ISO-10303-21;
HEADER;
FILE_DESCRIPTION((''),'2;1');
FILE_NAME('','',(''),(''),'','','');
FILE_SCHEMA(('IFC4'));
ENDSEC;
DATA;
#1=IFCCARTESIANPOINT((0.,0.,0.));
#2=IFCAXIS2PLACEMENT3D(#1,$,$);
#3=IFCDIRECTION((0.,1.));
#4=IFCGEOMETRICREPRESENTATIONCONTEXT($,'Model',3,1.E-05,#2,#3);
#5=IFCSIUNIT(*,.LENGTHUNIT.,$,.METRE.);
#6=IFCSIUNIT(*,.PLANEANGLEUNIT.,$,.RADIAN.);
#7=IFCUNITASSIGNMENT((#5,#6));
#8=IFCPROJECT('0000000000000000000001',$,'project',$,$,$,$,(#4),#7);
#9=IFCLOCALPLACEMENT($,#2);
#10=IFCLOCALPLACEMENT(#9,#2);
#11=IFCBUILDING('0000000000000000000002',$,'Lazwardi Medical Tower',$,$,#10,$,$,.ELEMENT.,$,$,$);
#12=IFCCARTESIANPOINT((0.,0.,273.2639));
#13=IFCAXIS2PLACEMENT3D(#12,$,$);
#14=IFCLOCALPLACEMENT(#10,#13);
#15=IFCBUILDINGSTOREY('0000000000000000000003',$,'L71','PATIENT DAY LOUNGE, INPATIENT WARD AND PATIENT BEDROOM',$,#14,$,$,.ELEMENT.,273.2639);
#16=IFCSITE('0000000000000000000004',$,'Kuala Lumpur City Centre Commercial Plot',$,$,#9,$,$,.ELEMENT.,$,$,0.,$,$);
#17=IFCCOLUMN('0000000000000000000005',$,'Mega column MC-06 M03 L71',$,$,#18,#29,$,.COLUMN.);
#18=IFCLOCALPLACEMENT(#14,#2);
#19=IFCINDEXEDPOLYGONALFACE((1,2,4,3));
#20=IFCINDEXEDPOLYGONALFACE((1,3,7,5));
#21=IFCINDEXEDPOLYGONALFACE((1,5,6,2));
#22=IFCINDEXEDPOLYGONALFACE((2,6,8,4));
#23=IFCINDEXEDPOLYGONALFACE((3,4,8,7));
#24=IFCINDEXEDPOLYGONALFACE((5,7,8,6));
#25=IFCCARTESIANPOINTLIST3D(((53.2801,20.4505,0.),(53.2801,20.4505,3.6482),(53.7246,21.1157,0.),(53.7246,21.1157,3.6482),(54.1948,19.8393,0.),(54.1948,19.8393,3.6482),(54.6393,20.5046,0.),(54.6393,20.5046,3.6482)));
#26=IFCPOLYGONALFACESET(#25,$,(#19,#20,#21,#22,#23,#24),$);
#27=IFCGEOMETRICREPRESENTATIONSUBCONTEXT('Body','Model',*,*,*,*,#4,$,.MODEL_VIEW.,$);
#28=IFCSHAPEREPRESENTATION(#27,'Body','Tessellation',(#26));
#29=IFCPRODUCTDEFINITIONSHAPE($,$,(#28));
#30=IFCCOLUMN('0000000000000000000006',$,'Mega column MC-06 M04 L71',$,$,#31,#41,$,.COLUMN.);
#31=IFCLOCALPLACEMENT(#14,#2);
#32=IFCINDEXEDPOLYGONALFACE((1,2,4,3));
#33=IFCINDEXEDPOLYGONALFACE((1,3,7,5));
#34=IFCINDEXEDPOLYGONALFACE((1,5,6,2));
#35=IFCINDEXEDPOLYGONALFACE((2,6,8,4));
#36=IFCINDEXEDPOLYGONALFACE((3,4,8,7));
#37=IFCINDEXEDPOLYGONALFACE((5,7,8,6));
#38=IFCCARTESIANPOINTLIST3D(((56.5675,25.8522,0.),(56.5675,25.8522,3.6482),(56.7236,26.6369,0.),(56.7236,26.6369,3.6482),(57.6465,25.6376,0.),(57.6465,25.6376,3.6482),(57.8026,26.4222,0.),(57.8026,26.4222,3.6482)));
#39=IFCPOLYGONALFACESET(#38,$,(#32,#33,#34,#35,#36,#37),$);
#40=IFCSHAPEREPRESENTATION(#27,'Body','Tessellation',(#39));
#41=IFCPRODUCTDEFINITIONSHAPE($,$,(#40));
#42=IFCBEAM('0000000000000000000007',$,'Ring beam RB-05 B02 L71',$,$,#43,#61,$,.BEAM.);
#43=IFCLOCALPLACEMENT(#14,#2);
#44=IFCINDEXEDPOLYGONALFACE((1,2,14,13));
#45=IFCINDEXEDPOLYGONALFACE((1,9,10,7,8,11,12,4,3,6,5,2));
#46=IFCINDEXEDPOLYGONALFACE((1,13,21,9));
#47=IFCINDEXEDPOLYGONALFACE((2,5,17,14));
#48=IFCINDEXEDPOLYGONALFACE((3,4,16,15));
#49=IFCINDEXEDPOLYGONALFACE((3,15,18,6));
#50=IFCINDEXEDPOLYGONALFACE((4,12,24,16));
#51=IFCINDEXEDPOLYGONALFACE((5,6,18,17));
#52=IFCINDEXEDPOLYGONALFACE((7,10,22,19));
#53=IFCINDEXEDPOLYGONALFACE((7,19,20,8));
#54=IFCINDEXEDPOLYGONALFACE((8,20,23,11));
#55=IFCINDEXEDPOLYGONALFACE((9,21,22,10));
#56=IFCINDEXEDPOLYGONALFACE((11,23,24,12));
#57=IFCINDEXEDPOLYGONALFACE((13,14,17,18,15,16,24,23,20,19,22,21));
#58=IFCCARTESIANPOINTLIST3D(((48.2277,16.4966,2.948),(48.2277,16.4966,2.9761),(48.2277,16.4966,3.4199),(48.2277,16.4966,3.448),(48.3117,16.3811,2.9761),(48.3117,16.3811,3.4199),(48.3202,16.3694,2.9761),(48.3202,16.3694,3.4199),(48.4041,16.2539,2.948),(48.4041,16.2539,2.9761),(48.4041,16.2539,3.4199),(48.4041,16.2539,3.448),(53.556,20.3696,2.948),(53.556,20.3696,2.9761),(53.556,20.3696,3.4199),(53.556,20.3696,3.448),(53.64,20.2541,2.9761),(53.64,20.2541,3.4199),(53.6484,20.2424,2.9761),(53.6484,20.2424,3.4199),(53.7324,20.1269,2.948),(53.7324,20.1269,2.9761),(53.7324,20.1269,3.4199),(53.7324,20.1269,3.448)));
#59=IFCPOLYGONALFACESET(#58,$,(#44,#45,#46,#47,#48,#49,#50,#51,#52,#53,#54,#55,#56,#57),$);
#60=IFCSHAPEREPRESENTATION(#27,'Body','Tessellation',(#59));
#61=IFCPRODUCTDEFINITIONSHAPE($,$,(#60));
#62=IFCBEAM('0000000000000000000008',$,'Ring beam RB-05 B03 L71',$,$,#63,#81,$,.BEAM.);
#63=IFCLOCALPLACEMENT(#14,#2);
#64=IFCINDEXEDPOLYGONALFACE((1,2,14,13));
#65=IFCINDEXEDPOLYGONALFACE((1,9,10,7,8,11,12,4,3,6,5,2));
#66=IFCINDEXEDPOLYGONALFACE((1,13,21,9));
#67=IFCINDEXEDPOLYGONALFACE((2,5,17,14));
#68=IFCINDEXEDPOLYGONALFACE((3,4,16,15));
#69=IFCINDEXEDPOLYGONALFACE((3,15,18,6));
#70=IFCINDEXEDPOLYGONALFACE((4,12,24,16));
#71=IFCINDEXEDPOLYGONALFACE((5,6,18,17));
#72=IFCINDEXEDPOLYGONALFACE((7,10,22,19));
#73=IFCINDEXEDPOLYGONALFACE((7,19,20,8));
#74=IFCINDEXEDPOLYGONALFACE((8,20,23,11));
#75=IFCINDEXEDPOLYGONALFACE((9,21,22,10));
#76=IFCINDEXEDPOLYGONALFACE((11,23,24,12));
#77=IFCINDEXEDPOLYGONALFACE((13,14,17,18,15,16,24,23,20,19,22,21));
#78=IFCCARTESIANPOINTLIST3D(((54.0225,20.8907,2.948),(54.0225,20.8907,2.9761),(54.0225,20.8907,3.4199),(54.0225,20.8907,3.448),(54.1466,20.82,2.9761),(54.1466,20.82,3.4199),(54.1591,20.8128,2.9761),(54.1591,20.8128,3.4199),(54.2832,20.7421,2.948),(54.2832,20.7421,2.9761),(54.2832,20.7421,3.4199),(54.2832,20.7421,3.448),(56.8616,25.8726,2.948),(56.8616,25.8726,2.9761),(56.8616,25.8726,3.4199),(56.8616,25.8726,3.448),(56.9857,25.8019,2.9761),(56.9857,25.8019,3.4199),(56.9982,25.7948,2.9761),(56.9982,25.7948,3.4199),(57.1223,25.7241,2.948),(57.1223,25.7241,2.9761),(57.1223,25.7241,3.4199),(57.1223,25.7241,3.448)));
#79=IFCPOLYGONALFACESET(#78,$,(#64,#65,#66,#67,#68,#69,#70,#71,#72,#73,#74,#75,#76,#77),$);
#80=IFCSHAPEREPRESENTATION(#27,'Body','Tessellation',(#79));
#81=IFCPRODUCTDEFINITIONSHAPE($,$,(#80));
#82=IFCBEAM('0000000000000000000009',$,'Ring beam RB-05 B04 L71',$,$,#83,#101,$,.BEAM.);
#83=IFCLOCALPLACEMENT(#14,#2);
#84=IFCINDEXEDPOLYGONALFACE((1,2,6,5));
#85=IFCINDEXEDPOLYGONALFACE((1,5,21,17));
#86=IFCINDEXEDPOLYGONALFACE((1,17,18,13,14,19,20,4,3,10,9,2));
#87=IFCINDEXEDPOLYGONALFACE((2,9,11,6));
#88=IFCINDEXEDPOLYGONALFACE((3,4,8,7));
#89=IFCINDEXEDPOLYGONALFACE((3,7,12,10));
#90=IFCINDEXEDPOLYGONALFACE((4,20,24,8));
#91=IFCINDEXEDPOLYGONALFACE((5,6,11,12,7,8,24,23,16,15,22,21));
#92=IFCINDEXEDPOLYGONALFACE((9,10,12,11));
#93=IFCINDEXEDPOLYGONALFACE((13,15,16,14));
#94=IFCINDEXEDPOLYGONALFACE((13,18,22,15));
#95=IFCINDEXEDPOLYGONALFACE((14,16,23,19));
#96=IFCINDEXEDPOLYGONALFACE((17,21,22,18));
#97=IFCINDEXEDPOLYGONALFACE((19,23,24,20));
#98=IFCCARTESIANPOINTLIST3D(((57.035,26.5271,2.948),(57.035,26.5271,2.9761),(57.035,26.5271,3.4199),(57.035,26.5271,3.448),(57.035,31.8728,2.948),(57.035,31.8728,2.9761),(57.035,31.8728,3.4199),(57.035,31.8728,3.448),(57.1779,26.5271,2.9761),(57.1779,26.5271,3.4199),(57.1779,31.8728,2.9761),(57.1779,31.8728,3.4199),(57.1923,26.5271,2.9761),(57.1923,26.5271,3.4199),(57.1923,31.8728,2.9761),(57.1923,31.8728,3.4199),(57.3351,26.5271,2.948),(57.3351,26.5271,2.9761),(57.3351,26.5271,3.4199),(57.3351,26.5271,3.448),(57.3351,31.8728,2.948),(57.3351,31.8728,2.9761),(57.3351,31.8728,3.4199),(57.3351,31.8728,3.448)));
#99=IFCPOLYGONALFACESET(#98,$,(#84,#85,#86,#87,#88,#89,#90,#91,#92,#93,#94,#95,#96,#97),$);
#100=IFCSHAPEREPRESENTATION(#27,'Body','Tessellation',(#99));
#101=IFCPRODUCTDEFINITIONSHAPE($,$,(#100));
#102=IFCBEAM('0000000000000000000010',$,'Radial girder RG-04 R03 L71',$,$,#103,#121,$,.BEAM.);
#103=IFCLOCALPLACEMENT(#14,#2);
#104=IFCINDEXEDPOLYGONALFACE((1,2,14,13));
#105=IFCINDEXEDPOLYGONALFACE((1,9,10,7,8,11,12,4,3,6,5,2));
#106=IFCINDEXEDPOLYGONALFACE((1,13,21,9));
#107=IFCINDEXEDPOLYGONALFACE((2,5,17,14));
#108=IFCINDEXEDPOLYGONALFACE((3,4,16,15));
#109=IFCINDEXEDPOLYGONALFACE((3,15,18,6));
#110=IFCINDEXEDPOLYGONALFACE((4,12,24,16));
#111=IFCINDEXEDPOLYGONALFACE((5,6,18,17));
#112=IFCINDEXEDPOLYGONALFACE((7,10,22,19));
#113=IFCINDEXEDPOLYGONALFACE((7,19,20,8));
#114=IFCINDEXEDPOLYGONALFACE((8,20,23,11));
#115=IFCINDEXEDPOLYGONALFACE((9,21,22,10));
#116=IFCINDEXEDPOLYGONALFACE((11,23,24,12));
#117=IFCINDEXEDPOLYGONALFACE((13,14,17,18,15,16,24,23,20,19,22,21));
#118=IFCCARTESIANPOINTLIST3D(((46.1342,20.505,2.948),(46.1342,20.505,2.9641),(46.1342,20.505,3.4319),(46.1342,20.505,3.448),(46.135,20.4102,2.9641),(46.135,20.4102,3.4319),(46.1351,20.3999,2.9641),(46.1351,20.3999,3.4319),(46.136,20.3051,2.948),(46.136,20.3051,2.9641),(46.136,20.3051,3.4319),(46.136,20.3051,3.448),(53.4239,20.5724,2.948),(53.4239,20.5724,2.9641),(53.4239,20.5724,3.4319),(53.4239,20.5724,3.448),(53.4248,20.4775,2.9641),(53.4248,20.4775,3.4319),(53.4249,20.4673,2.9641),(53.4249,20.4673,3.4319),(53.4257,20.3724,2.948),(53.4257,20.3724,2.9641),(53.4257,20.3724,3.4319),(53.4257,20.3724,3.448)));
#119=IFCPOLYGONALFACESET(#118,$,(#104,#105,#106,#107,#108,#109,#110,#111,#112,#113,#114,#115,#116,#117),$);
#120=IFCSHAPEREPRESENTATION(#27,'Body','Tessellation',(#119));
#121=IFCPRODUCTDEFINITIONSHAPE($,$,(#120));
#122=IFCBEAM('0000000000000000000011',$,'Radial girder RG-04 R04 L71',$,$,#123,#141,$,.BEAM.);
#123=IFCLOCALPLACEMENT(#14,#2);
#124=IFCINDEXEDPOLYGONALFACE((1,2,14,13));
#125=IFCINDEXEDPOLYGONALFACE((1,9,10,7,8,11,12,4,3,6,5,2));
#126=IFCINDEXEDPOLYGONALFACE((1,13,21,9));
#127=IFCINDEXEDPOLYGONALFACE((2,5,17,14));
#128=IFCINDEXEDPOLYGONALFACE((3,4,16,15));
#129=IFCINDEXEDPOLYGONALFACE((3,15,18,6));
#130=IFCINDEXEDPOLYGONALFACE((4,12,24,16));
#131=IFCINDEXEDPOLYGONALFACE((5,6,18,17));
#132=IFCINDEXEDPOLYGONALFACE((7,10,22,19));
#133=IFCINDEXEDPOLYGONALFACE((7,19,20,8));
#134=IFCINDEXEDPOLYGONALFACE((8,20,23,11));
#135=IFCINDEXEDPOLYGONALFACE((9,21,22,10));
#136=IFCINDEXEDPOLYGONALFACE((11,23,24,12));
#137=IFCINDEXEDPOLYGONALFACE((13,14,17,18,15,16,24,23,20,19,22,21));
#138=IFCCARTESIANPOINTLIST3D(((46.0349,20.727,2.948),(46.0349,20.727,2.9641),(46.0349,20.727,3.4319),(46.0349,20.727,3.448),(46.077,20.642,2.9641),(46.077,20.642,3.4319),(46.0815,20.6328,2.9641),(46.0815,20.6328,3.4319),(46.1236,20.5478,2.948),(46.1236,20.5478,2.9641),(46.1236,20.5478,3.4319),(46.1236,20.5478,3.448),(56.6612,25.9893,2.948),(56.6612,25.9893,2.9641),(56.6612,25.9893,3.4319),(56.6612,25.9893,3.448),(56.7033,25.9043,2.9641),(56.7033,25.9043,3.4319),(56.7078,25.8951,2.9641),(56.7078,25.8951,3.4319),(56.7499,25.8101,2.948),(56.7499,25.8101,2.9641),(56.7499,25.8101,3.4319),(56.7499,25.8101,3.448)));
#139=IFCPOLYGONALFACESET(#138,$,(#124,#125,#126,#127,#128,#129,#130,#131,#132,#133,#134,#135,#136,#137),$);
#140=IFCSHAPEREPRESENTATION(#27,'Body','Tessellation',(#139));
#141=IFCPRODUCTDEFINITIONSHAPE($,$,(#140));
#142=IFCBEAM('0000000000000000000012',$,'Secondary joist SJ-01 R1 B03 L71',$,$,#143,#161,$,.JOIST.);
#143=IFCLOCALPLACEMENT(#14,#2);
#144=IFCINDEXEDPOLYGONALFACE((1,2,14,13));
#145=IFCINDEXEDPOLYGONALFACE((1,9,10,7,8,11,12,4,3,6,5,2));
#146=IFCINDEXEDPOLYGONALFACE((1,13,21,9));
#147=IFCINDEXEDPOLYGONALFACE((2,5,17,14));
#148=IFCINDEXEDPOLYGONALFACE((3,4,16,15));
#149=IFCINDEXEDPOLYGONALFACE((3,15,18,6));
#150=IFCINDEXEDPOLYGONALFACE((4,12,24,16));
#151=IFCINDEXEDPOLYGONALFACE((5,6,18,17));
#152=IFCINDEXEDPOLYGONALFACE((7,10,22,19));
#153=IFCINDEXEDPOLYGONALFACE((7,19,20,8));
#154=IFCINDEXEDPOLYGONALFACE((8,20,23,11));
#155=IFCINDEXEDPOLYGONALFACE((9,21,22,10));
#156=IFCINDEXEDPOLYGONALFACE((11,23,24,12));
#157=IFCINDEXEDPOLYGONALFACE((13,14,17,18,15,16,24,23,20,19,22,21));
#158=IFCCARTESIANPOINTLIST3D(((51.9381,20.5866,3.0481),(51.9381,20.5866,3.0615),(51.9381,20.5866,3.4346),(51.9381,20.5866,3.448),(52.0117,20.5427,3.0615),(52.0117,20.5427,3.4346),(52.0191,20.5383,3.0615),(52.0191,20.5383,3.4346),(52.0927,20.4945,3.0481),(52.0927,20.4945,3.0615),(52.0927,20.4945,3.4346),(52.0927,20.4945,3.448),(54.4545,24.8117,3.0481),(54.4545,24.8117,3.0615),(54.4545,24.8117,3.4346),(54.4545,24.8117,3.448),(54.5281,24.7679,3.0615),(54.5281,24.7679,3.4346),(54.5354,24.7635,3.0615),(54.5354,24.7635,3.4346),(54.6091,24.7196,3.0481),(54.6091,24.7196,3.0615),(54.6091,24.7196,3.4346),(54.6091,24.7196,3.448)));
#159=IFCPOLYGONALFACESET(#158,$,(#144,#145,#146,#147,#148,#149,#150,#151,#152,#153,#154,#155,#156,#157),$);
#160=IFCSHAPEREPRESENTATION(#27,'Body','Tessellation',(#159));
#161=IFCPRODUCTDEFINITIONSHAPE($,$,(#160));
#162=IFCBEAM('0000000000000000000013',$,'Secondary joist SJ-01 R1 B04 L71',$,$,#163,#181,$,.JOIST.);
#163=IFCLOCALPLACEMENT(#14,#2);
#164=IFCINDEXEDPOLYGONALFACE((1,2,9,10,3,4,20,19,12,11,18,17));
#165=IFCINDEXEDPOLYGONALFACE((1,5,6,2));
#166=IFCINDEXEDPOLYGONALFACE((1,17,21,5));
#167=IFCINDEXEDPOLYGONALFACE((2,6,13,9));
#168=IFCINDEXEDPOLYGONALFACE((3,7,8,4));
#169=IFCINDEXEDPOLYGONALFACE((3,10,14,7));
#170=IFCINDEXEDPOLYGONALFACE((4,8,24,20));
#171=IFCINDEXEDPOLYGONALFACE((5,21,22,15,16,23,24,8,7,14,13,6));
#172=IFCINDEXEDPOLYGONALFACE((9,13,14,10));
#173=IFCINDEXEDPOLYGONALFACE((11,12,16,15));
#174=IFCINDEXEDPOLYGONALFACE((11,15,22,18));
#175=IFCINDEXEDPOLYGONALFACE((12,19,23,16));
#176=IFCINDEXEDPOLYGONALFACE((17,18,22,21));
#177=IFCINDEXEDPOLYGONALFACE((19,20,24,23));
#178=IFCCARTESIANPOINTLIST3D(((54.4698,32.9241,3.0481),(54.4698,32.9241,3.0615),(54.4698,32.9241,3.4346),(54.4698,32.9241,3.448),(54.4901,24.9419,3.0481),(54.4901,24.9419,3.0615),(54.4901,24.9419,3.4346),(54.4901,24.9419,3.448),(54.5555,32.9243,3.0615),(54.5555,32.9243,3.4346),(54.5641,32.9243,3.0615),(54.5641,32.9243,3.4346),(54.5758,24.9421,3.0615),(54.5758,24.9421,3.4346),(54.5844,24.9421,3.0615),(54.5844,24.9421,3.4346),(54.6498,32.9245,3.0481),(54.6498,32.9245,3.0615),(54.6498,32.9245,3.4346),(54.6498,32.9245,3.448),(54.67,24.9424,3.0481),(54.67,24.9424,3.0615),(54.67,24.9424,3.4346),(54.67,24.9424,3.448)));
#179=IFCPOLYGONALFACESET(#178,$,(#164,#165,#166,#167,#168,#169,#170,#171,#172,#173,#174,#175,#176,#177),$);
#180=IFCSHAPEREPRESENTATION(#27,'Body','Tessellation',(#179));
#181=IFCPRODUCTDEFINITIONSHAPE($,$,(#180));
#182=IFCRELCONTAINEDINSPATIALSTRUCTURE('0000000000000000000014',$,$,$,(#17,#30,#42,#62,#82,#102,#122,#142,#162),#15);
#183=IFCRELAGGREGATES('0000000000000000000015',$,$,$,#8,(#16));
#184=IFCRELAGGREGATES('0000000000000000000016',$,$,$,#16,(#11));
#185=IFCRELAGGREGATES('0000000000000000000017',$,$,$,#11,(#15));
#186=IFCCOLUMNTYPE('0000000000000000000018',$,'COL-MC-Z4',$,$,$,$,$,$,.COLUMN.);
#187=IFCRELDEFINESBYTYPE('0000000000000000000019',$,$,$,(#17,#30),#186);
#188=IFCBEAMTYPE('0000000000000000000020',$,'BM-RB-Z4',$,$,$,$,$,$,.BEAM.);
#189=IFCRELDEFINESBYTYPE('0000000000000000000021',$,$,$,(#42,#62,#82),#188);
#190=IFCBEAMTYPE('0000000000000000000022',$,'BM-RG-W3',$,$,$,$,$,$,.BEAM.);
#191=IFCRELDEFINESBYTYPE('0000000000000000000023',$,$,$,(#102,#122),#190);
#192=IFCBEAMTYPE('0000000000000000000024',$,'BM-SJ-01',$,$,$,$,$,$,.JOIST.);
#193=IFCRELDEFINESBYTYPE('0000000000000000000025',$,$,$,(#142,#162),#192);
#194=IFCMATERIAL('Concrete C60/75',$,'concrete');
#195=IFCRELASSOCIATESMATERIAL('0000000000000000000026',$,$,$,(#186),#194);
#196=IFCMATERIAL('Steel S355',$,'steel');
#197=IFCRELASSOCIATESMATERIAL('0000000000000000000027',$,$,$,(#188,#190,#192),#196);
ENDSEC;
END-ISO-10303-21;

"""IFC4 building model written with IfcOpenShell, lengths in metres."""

from ifc_helpers import new_model, si_unit, direction, frame, origin, origin_2d, place, context, subcontext, project, spatial, rectangle, i_section, extrude, material, material_profile, profile_set, type_object, element, save


model = new_model("IFC4")

# Units and contexts
model_context = context("Model", 3, precision=1e-05, world=origin(), true_north=direction((0.0, 1.0)))
body_context = subcontext(model_context, "Body", "Model", "MODEL_VIEW")
ifc_project = project(units=[si_unit("LENGTHUNIT", "METRE"), si_unit("PLANEANGLEUNIT", "RADIAN")], contexts=[model_context])

# Site, building, storey
site_placement = place(None, origin())
site = spatial("IfcSite", under=ifc_project, at=site_placement, Name="Kuala Lumpur City Centre Commercial Plot", CompositionType="ELEMENT", RefElevation=0.0)
building_placement = place(site_placement, origin())
building = spatial("IfcBuilding", under=site, at=building_placement, Name="Lazwardi Medical Tower", CompositionType="ELEMENT")
storey_placement = place(building_placement, frame((0.0, 0.0, 273.2639)))
storey = spatial("IfcBuildingStorey", under=building, at=storey_placement, Name="L71", Description="PATIENT DAY LOUNGE, INPATIENT WARD AND PATIENT BEDROOM", CompositionType="ELEMENT", Elevation=273.2639)

# Columns
ifc_material_1 = material(Name="Concrete C60/75", Category="concrete")
ifc_material_profile_1 = material_profile(ifc_material_1, rectangle(XDim=1.1001, YDim=0.8, at=origin_2d()), Name="CFT-RECT 1100x800")
ifc_profile_set_1 = profile_set([ifc_material_profile_1], Name="Concrete C60/75")
column_type = type_object("IfcColumnType", Name="COL-MC-Z4", PredefinedType="COLUMN", material=ifc_profile_set_1)
for number, where, z_axis, x_axis, name in (
    (1, (53.9597, 20.4775, 0.0), (0.0, 0.0, 1.0), (0.83147, -0.55557, 0.0), "Mega column MC-06 M03 L71"),
    (2, (57.1851, 26.1372, 0.0), (0.0, 0.0, 1.0), (0.980785, -0.19509, 0.0), "Mega column MC-06 M04 L71"),
):
    element("IfcColumn", number, at=place(storey_placement, frame(where, z_axis=z_axis, x_axis=x_axis)), inside=storey, type_object=column_type, Name=name, PredefinedType="COLUMN", context=body_context, shape_type="SweptSolid", body=[
        extrude(rectangle(XDim=1.1001, YDim=0.8, at=origin_2d()), origin(), (0.0, 0.0, 1.0), 3.6482),
    ])

# Beams
ifc_material_2 = material(Name="Steel S355", Category="steel")
ifc_material_profile_2 = material_profile(ifc_material_2, i_section(OverallWidth=0.3, OverallDepth=0.5, WebThickness=0.0144, FlangeThickness=0.0281, at=origin_2d()), Name="HEB 500")
ifc_profile_set_2 = profile_set([ifc_material_profile_2], Name="Steel S355")
beam_type_1 = type_object("IfcBeamType", Name="BM-RB-Z4", PredefinedType="BEAM", material=ifc_profile_set_2)
beam_1_placement = place(storey_placement, frame((48.3159, 16.3752, 3.198), z_axis=(0.80889, 0.58796, 0.0), x_axis=(-0.58796, 0.80889, 0.0)))
element("IfcBeam", 3, at=beam_1_placement, inside=storey, type_object=beam_type_1, Name="Ring beam RB-05 B02 L71", PredefinedType="BEAM", context=body_context, shape_type="SweptSolid", body=[
    extrude(i_section(OverallWidth=0.3, OverallDepth=0.5, WebThickness=0.0144, FlangeThickness=0.0281, at=origin_2d()), origin(), (0.0, 0.0, 1.0), 6.5872),
])
beam_2_placement = place(storey_placement, frame((54.1528, 20.8164, 3.198), z_axis=(0.495125, 0.868822, 0.0), x_axis=(-0.868822, 0.495125, 0.0)))
element("IfcBeam", 4, at=beam_2_placement, inside=storey, type_object=beam_type_1, Name="Ring beam RB-05 B03 L71", PredefinedType="BEAM", context=body_context, shape_type="SweptSolid", body=[
    extrude(i_section(OverallWidth=0.3, OverallDepth=0.5, WebThickness=0.0144, FlangeThickness=0.0281, at=origin_2d()), origin(), (0.0, 0.0, 1.0), 5.7341),
])
beam_3_placement = place(storey_placement, frame((57.1851, 26.5271, 3.198), z_axis=(0.0, 1.0, 0.0), x_axis=(-1.0, 0.0, 0.0)))
element("IfcBeam", 5, at=beam_3_placement, inside=storey, type_object=beam_type_1, Name="Ring beam RB-05 B04 L71", PredefinedType="BEAM", context=body_context, shape_type="SweptSolid", body=[
    extrude(i_section(OverallWidth=0.3, OverallDepth=0.5, WebThickness=0.0144, FlangeThickness=0.0281, at=origin_2d()), origin(), (0.0, 0.0, 1.0), 5.3457),
])
ifc_material_profile_3 = material_profile(ifc_material_2, i_section(OverallWidth=0.2, OverallDepth=0.5, WebThickness=0.0103, FlangeThickness=0.0161, at=origin_2d()), Name="IPE 500")
ifc_profile_set_3 = profile_set([ifc_material_profile_3], Name="Steel S355")
beam_type_2 = type_object("IfcBeamType", Name="BM-RG-W3", PredefinedType="BEAM", material=ifc_profile_set_3)
beam_4_placement = place(storey_placement, frame((53.4248, 20.4724, 3.198), z_axis=(-0.999957, -0.009243, 0.0), x_axis=(0.009243, -0.999957, 0.0)))
element("IfcBeam", 6, at=beam_4_placement, inside=storey, type_object=beam_type_2, Name="Radial girder RG-04 R03 L71", PredefinedType="BEAM", context=body_context, shape_type="SweptSolid", body=[
    extrude(i_section(OverallWidth=0.2, OverallDepth=0.5, WebThickness=0.0103, FlangeThickness=0.0161, at=origin_2d()), origin(), (0.0, 0.0, 1.0), 7.29),
])
beam_5_placement = place(storey_placement, frame((56.7056, 25.8997, 3.198), z_axis=(-0.896138, -0.443776, 0.0), x_axis=(0.443776, -0.896138, 0.0)))
element("IfcBeam", 7, at=beam_5_placement, inside=storey, type_object=beam_type_2, Name="Radial girder RG-04 R04 L71", PredefinedType="BEAM", context=body_context, shape_type="SweptSolid", body=[
    extrude(i_section(OverallWidth=0.2, OverallDepth=0.5, WebThickness=0.0103, FlangeThickness=0.0161, at=origin_2d()), origin(), (0.0, 0.0, 1.0), 11.8579),
])
ifc_material_profile_4 = material_profile(ifc_material_2, i_section(OverallWidth=0.1799, OverallDepth=0.3999, WebThickness=0.0085, FlangeThickness=0.0134, at=origin_2d()), Name="IPE 400")
ifc_profile_set_4 = profile_set([ifc_material_profile_4], Name="Steel S355")
beam_type_3 = type_object("IfcBeamType", Name="BM-SJ-01", PredefinedType="JOIST", material=ifc_profile_set_4)
beam_6_placement = place(storey_placement, frame((52.0154, 20.5405, 3.248), z_axis=(0.511697, 0.859166, 0.0), x_axis=(-0.859166, 0.511697, 0.0)))
element("IfcBeam", 8, at=beam_6_placement, inside=storey, type_object=beam_type_3, Name="Secondary joist SJ-01 R1 B03 L71", PredefinedType="JOIST", context=body_context, shape_type="SweptSolid", body=[
    extrude(i_section(OverallWidth=0.1799, OverallDepth=0.3999, WebThickness=0.0085, FlangeThickness=0.0134, at=origin_2d()), origin(), (0.0, 0.0, 1.0), 4.9177),
])
beam_7_placement = place(storey_placement, frame((54.5801, 24.9421, 3.248), z_axis=(-0.002539, 0.999997, 0.0), x_axis=(-0.999997, -0.002539, 0.0)))
element("IfcBeam", 9, at=beam_7_placement, inside=storey, type_object=beam_type_3, Name="Secondary joist SJ-01 R1 B04 L71", PredefinedType="JOIST", context=body_context, shape_type="SweptSolid", body=[
    extrude(i_section(OverallWidth=0.1799, OverallDepth=0.3999, WebThickness=0.0085, FlangeThickness=0.0134, at=origin_2d()), origin(), (0.0, 0.0, 1.0), 7.9822),
])

save(model, "model.ifc")
